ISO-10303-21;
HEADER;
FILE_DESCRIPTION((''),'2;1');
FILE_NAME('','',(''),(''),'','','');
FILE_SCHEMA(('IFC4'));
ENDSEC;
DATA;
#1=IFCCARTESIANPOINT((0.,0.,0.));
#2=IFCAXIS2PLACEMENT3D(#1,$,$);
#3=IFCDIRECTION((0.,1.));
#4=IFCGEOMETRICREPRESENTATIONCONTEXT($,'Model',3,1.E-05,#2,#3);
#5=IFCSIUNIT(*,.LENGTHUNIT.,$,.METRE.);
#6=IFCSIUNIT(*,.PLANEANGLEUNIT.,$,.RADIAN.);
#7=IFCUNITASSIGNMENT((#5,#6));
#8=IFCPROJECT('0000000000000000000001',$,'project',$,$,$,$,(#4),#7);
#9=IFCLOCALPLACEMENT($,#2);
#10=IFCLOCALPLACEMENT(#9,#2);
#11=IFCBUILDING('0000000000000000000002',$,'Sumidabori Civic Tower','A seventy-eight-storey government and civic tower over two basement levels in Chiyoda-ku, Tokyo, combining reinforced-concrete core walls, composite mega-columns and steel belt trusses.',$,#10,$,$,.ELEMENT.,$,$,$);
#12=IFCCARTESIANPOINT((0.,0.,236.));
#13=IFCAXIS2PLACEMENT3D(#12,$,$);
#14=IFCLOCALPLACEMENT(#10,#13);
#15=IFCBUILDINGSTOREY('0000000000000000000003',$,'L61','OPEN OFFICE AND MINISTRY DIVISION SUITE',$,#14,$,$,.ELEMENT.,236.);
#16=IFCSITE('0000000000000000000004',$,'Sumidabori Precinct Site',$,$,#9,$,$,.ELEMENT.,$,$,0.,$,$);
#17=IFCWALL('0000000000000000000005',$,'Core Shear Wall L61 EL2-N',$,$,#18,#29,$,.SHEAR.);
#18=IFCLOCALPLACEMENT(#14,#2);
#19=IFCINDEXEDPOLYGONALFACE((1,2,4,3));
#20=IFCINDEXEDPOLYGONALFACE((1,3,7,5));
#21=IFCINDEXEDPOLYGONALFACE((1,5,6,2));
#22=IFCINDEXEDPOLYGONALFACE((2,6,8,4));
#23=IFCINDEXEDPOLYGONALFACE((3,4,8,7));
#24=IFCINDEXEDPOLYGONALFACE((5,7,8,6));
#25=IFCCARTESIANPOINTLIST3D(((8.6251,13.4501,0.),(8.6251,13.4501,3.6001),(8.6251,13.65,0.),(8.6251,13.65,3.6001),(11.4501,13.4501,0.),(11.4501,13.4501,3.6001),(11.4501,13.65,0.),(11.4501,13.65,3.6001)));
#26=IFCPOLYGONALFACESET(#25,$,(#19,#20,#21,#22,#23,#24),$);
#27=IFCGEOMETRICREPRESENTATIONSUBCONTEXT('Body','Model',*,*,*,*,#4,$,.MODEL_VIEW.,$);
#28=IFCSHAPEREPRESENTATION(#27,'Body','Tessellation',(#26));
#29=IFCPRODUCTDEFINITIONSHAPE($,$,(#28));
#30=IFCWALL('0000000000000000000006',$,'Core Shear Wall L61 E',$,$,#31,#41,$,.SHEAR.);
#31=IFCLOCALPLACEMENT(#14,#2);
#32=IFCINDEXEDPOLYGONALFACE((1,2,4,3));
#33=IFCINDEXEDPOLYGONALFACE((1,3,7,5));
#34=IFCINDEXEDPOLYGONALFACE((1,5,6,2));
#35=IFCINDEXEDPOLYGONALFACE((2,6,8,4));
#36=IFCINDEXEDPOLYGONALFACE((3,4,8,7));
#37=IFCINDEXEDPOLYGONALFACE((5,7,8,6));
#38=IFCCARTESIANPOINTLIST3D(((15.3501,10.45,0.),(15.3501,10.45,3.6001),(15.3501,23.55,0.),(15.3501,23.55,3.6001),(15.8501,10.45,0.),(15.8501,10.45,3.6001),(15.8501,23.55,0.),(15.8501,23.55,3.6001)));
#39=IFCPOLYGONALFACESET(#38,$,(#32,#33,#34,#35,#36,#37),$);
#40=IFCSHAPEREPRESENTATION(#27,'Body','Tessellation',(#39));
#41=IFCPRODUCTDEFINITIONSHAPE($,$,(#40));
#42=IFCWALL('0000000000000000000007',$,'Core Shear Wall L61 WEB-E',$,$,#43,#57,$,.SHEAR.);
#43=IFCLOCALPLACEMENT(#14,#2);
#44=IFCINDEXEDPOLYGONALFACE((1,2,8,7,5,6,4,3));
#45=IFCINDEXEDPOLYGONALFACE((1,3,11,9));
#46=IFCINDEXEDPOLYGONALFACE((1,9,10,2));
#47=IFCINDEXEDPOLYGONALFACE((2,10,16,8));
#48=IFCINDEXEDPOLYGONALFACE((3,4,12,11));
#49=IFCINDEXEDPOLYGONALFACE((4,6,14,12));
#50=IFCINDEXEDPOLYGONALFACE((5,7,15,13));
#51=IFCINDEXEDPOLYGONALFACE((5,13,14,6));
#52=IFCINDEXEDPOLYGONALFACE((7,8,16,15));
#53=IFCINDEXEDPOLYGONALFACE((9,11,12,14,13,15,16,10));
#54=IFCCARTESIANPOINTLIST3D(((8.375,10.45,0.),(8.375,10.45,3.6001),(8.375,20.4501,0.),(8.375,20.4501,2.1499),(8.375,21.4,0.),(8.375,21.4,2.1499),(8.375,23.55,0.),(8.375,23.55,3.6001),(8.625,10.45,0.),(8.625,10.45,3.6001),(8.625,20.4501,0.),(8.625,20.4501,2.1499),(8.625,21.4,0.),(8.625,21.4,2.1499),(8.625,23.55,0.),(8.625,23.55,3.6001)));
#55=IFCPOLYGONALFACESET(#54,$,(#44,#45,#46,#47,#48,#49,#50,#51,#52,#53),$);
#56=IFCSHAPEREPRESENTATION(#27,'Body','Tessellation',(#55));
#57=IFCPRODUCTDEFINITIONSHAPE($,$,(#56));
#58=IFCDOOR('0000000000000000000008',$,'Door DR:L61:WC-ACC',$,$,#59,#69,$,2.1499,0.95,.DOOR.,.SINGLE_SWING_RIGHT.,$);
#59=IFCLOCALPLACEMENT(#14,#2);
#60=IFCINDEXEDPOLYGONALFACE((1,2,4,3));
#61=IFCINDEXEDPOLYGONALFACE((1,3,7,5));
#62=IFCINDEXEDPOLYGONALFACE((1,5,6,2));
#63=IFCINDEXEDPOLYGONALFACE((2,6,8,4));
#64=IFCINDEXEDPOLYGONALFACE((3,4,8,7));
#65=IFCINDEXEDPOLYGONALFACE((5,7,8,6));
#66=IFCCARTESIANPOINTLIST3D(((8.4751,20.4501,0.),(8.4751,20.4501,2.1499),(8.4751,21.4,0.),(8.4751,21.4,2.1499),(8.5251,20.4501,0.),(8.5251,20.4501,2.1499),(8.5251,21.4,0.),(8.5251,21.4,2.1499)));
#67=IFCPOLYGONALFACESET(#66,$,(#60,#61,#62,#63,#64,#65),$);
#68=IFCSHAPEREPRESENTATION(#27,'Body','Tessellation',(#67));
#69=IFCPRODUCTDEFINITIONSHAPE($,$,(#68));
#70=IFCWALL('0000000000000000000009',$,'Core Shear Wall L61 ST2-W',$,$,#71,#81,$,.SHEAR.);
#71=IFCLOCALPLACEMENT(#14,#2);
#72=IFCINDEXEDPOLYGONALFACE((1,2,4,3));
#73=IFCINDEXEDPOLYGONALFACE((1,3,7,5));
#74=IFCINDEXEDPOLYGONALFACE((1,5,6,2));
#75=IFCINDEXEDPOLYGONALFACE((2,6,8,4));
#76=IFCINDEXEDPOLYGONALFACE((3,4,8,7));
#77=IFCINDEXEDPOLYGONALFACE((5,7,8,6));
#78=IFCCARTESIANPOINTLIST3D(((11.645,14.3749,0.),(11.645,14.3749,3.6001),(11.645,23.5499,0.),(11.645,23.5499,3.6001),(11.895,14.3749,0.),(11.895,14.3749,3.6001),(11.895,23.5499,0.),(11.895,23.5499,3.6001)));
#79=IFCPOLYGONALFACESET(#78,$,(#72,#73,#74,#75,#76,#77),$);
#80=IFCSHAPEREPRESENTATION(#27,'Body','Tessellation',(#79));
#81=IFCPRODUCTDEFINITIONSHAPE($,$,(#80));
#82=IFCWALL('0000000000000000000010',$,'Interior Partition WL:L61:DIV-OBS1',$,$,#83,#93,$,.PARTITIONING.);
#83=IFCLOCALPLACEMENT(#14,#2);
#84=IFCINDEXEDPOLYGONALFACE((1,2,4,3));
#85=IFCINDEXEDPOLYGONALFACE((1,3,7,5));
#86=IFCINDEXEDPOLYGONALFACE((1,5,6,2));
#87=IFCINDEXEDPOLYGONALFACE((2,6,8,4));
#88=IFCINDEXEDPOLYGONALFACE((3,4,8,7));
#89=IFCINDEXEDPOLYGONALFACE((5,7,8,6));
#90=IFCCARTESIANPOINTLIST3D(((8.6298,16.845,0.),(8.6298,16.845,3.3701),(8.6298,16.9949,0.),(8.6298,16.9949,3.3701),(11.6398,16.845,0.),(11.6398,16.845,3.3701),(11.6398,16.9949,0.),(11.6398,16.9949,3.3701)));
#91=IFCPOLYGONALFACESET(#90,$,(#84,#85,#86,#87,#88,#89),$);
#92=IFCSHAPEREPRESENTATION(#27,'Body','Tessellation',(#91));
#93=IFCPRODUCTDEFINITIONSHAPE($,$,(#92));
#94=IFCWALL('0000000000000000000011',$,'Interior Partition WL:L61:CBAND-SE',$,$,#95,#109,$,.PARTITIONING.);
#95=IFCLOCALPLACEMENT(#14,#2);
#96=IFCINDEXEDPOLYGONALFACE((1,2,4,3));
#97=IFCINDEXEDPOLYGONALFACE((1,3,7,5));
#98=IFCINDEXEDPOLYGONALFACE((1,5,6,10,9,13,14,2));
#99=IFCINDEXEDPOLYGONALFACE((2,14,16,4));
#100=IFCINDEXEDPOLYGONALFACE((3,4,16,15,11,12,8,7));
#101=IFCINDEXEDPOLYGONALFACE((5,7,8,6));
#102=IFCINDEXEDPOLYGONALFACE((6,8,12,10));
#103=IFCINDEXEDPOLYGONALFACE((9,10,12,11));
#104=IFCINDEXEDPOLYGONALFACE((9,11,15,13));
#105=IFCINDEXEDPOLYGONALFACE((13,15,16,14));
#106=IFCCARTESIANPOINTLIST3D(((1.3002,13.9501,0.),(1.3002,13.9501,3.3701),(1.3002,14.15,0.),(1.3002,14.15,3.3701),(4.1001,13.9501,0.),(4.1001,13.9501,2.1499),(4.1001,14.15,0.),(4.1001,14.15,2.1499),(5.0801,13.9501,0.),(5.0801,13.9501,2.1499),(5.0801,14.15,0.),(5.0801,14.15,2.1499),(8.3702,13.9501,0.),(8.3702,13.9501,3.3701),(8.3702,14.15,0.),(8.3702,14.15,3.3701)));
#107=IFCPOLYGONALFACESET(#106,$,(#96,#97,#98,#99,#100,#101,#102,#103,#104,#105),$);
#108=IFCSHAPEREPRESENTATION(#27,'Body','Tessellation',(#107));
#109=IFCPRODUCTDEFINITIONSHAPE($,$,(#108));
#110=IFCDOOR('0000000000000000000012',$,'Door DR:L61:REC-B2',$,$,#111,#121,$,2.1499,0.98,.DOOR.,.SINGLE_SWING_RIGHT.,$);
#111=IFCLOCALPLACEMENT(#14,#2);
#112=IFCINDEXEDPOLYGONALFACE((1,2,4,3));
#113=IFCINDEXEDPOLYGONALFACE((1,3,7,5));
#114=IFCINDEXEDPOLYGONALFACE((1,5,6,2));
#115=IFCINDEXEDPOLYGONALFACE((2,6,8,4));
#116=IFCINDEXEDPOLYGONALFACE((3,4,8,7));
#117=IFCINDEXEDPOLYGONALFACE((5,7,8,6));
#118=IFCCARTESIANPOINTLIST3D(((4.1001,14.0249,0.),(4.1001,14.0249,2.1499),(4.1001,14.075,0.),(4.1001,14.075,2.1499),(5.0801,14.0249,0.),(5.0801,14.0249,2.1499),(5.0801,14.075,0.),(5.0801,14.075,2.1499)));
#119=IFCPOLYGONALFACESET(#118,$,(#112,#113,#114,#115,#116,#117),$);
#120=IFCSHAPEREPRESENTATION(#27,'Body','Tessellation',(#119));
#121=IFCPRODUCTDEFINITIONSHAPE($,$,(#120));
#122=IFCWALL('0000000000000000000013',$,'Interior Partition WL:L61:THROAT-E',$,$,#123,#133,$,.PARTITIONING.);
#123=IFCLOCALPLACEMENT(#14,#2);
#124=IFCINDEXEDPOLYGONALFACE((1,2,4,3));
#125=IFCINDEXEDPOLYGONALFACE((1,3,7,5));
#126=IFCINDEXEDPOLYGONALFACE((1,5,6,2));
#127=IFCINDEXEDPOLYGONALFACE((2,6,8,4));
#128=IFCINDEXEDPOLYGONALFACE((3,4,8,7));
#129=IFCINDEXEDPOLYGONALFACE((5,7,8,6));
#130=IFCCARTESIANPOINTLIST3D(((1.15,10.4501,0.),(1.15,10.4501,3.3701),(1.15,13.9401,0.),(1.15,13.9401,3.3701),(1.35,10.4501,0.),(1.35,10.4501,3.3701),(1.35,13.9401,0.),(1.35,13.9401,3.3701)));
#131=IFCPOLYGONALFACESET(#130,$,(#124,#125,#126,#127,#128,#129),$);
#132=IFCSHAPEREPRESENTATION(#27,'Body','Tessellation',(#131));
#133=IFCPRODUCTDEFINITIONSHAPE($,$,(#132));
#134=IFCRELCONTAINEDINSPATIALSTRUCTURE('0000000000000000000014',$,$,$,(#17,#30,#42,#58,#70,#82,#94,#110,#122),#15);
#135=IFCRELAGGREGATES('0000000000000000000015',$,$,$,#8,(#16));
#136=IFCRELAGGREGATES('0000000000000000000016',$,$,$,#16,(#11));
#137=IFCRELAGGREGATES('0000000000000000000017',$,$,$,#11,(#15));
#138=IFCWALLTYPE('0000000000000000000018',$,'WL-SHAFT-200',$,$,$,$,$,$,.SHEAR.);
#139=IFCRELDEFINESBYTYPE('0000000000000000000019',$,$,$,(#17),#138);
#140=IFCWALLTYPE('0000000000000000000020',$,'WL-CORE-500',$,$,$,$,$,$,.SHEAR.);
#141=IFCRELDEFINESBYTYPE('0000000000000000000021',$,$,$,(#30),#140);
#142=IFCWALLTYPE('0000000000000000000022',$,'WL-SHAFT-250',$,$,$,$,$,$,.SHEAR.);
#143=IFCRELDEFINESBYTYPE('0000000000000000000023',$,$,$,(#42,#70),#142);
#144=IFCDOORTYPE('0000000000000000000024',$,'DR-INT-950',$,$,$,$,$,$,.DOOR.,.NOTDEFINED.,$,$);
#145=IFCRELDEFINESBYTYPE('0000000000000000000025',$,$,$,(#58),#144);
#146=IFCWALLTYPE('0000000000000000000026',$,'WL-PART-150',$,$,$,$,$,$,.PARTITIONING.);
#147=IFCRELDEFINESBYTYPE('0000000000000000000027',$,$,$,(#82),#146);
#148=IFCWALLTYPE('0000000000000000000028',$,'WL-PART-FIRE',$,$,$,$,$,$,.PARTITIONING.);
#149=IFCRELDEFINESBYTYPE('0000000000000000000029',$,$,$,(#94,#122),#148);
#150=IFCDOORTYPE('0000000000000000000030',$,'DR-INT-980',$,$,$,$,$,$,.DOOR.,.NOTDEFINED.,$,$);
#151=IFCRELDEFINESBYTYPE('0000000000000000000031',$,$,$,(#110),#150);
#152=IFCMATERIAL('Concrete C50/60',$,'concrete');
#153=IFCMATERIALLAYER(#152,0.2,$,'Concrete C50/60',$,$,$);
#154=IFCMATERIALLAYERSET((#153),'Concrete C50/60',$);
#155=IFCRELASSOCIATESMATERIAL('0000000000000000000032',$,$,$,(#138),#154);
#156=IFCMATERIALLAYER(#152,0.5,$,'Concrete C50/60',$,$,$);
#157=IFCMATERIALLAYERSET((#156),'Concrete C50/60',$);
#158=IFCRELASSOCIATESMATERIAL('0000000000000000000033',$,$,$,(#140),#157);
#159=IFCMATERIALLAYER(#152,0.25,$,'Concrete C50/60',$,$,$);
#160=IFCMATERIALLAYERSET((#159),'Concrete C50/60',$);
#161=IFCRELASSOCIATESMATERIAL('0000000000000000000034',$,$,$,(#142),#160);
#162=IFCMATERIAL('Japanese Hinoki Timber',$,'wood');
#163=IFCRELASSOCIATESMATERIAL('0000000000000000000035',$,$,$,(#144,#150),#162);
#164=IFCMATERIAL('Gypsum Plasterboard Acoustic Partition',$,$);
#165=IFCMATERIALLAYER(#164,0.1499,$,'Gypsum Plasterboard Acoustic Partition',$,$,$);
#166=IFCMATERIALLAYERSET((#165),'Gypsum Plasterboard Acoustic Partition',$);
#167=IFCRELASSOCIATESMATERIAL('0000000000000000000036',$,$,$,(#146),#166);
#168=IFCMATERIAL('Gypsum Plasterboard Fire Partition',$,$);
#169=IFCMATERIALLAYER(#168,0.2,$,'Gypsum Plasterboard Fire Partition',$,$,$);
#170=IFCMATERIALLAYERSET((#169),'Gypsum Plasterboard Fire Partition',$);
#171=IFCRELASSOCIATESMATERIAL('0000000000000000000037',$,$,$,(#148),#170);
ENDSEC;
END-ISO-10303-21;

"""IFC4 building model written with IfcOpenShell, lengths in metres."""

from ifc_helpers import new_model, si_unit, direction, frame, frame_2d, origin, place, context, subcontext, project, spatial, rectangle, extrude, source, transform, mapped, material, layer, layer_set, type_object, element, fill, save


model = new_model("IFC4")

# Units and contexts
model_context = context("Model", 3, precision=1e-05, world=origin(), true_north=direction((0.0, 1.0)))
body_context = subcontext(model_context, "Body", "Model", "MODEL_VIEW")
ifc_project = project(units=[si_unit("LENGTHUNIT", "METRE"), si_unit("PLANEANGLEUNIT", "RADIAN")], contexts=[model_context])

# Site, building, storey
site_placement = place(None, origin())
site = spatial("IfcSite", under=ifc_project, at=site_placement, Name="Sumidabori Precinct Site", CompositionType="ELEMENT", RefElevation=0.0)
building_placement = place(site_placement, origin())
building = spatial("IfcBuilding", under=site, at=building_placement, Name="Sumidabori Civic Tower", Description="A seventy-eight-storey government and civic tower over two basement levels in Chiyoda-ku, Tokyo, combining reinforced-concrete core walls, composite mega-columns and steel belt trusses.", CompositionType="ELEMENT")
storey_placement = place(building_placement, frame((0.0, 0.0, 236.0)))
storey = spatial("IfcBuildingStorey", under=building, at=storey_placement, Name="L61", Description="OPEN OFFICE AND MINISTRY DIVISION SUITE", CompositionType="ELEMENT", Elevation=236.0)

# Walls
ifc_material_1 = material(Name="Concrete C50/60", Category="concrete")
ifc_layer_1 = layer(ifc_material_1, 0.2, Name="Concrete C50/60")
ifc_layer_set_1 = layer_set([ifc_layer_1], Name="Concrete C50/60")
wall_type_1 = type_object("IfcWallType", Name="WL-SHAFT-200", PredefinedType="SHEAR", material=ifc_layer_set_1)
shared_shape_1 = source(origin(), body_context, "Body", "SweptSolid", [
    extrude(rectangle(XDim=2.825, YDim=0.2, at=frame_2d((1.4126, 0.0))), origin(), (0.0, 0.0, 1.0), 3.6001),
])
wall_1_placement = place(storey_placement, frame((8.625, 13.55, 0.0), z_axis=(0.0, 0.0, 1.0), x_axis=(1.0, 0.0, 0.0)))
element("IfcWall", 1, at=wall_1_placement, inside=storey, type_object=wall_type_1, Name="Core Shear Wall L61 EL2-N", PredefinedType="SHEAR", context=body_context, shape_type="MappedRepresentation", body=[
    mapped(shared_shape_1, transform((0.0, 0.0, 0.0), x_axis=(1.0, 0.0, 0.0), y_axis=(0.0, 1.0, 0.0), z_axis=(0.0, 0.0, 1.0), scale=1.0)),
])
ifc_layer_2 = layer(ifc_material_1, 0.5, Name="Concrete C50/60")
ifc_layer_set_2 = layer_set([ifc_layer_2], Name="Concrete C50/60")
wall_type_2 = type_object("IfcWallType", Name="WL-CORE-500", PredefinedType="SHEAR", material=ifc_layer_set_2)
shared_shape_2 = source(origin(), body_context, "Body", "SweptSolid", [
    extrude(rectangle(XDim=13.1001, YDim=0.5, at=frame_2d((6.55, 0.0))), origin(), (0.0, 0.0, 1.0), 3.6001),
])
wall_2_placement = place(storey_placement, frame((15.6001, 10.45, 0.0), z_axis=(0.0, 0.0, 1.0), x_axis=(0.0, 1.0, 0.0)))
element("IfcWall", 2, at=wall_2_placement, inside=storey, type_object=wall_type_2, Name="Core Shear Wall L61 E", PredefinedType="SHEAR", context=body_context, shape_type="MappedRepresentation", body=[
    mapped(shared_shape_2, transform((0.0, 0.0, 0.0), x_axis=(1.0, 0.0, 0.0), y_axis=(0.0, 1.0, 0.0), z_axis=(0.0, 0.0, 1.0), scale=1.0)),
])

# Wall, opening, door
ifc_layer_3 = layer(ifc_material_1, 0.25, Name="Concrete C50/60")
ifc_layer_set_3 = layer_set([ifc_layer_3], Name="Concrete C50/60")
wall_type_3 = type_object("IfcWallType", Name="WL-SHAFT-250", PredefinedType="SHEAR", material=ifc_layer_set_3)
shared_shape_3 = source(origin(), body_context, "Body", "SweptSolid", [
    extrude(rectangle(XDim=13.1001, YDim=0.25, at=frame_2d((6.55, 0.0))), origin(), (0.0, 0.0, 1.0), 3.6001),
])
wall_3_placement = place(storey_placement, frame((8.5, 10.45, 0.0), z_axis=(0.0, 0.0, 1.0), x_axis=(0.0, 1.0, 0.0)))
wall_3 = element("IfcWall", 3, at=wall_3_placement, inside=storey, type_object=wall_type_3, Name="Core Shear Wall L61 WEB-E", PredefinedType="SHEAR", context=body_context, shape_type="MappedRepresentation", body=[
    mapped(shared_shape_3, transform((0.0, 0.0, 0.0), x_axis=(1.0, 0.0, 0.0), y_axis=(0.0, 1.0, 0.0), z_axis=(0.0, 0.0, 1.0), scale=1.0)),
])
opening_1_placement = place(wall_3_placement, frame((10.0, 0.0, 0.0)))
opening_1 = element("IfcOpeningElement", 4, at=opening_1_placement, cuts=wall_3, PredefinedType="OPENING", context=body_context, shape_type="SweptSolid", body=[
    extrude(rectangle(XDim=0.95, YDim=2.1499, at=frame_2d((0.4751, 1.075))), frame((0.0, 0.137, 0.0), z_axis=(0.0, -1.0, 0.0), x_axis=(1.0, 0.0, 0.0)), (0.0, 0.0, 1.0), 0.2739),
])
ifc_material_2 = material(Name="Japanese Hinoki Timber", Category="wood")
door_type_1 = type_object("IfcDoorType", Name="DR-INT-950", OperationType="NOTDEFINED", PredefinedType="DOOR", material=ifc_material_2)
shared_shape_4 = source(origin(), body_context, "Body", "SweptSolid", [
    extrude(rectangle(XDim=0.95, YDim=2.1499, at=frame_2d((0.4751, 1.075))), frame((0.0, 0.0249, 0.0), z_axis=(0.0, -1.0, 0.0), x_axis=(1.0, 0.0, 0.0)), (0.0, 0.0, 1.0), 0.05),
])
door_1_placement = place(opening_1_placement, origin())
door_1 = element("IfcDoor", 5, at=door_1_placement, inside=storey, type_object=door_type_1, Name="Door DR:L61:WC-ACC", OperationType="SINGLE_SWING_RIGHT", OverallHeight=2.1499, OverallWidth=0.95, PredefinedType="DOOR", context=body_context, shape_type="MappedRepresentation", body=[
    mapped(shared_shape_4, transform((0.0, 0.0, 0.0), x_axis=(1.0, 0.0, 0.0), y_axis=(0.0, 1.0, 0.0), z_axis=(0.0, 0.0, 1.0), scale=1.0)),
])
fill(opening_1, door_1)

# Wall
shared_shape_5 = source(origin(), body_context, "Body", "SweptSolid", [
    extrude(rectangle(XDim=9.175, YDim=0.25, at=frame_2d((4.5874, 0.0))), origin(), (0.0, 0.0, 1.0), 3.6001),
])
wall_4_placement = place(storey_placement, frame((11.77, 14.375, 0.0), z_axis=(0.0, 0.0, 1.0), x_axis=(0.0, 1.0, 0.0)))
element("IfcWall", 6, at=wall_4_placement, inside=storey, type_object=wall_type_3, Name="Core Shear Wall L61 ST2-W", PredefinedType="SHEAR", context=body_context, shape_type="MappedRepresentation", body=[
    mapped(shared_shape_5, transform((0.0, 0.0, 0.0), x_axis=(1.0, 0.0, 0.0), y_axis=(0.0, 1.0, 0.0), z_axis=(0.0, 0.0, 1.0), scale=1.0)),
])

# Wall
ifc_material_3 = material(Name="Gypsum Plasterboard Acoustic Partition")
ifc_layer_4 = layer(ifc_material_3, 0.1499, Name="Gypsum Plasterboard Acoustic Partition")
ifc_layer_set_4 = layer_set([ifc_layer_4], Name="Gypsum Plasterboard Acoustic Partition")
wall_type_4 = type_object("IfcWallType", Name="WL-PART-150", PredefinedType="PARTITIONING", material=ifc_layer_set_4)
shared_shape_6 = source(origin(), body_context, "Body", "SweptSolid", [
    extrude(rectangle(XDim=3.01, YDim=0.1499, at=frame_2d((1.5049, 0.0))), origin(), (0.0, 0.0, 1.0), 3.3701),
])
wall_5_placement = place(storey_placement, frame((8.6299, 16.9199, 0.0), z_axis=(0.0, 0.0, 1.0), x_axis=(1.0, 0.0, 0.0)))
element("IfcWall", 7, at=wall_5_placement, inside=storey, type_object=wall_type_4, Name="Interior Partition WL:L61:DIV-OBS1", PredefinedType="PARTITIONING", context=body_context, shape_type="MappedRepresentation", body=[
    mapped(shared_shape_6, transform((0.0, 0.0, 0.0), x_axis=(1.0, 0.0, 0.0), y_axis=(0.0, 1.0, 0.0), z_axis=(0.0, 0.0, 1.0), scale=1.0)),
])

# Wall, opening, door
ifc_material_4 = material(Name="Gypsum Plasterboard Fire Partition")
ifc_layer_5 = layer(ifc_material_4, 0.2, Name="Gypsum Plasterboard Fire Partition")
ifc_layer_set_5 = layer_set([ifc_layer_5], Name="Gypsum Plasterboard Fire Partition")
wall_type_5 = type_object("IfcWallType", Name="WL-PART-FIRE", PredefinedType="PARTITIONING", material=ifc_layer_set_5)
shared_shape_7 = source(origin(), body_context, "Body", "SweptSolid", [
    extrude(rectangle(XDim=7.0701, YDim=0.2, at=frame_2d((3.5352, 0.0))), origin(), (0.0, 0.0, 1.0), 3.3701),
])
wall_6_placement = place(storey_placement, frame((1.3, 14.05, 0.0), z_axis=(0.0, 0.0, 1.0), x_axis=(1.0, 0.0, 0.0)))
wall_6 = element("IfcWall", 8, at=wall_6_placement, inside=storey, type_object=wall_type_5, Name="Interior Partition WL:L61:CBAND-SE", PredefinedType="PARTITIONING", context=body_context, shape_type="MappedRepresentation", body=[
    mapped(shared_shape_7, transform((0.0, 0.0, 0.0), x_axis=(1.0, 0.0, 0.0), y_axis=(0.0, 1.0, 0.0), z_axis=(0.0, 0.0, 1.0), scale=1.0)),
])
opening_2_placement = place(wall_6_placement, frame((2.8, 0.0, 0.0)))
opening_2 = element("IfcOpeningElement", 9, at=opening_2_placement, cuts=wall_6, PredefinedType="OPENING", context=body_context, shape_type="SweptSolid", body=[
    extrude(rectangle(XDim=0.98, YDim=2.1499, at=frame_2d((0.49, 1.075))), frame((0.0, 0.1118, 0.0), z_axis=(0.0, -1.0, 0.0), x_axis=(1.0, 0.0, 0.0)), (0.0, 0.0, 1.0), 0.2239),
])
door_type_2 = type_object("IfcDoorType", Name="DR-INT-980", OperationType="NOTDEFINED", PredefinedType="DOOR", material=ifc_material_2)
shared_shape_8 = source(origin(), body_context, "Body", "SweptSolid", [
    extrude(rectangle(XDim=0.98, YDim=2.1499, at=frame_2d((0.49, 1.075))), frame((0.0, 0.0249, 0.0), z_axis=(0.0, -1.0, 0.0), x_axis=(1.0, 0.0, 0.0)), (0.0, 0.0, 1.0), 0.05),
])
door_2_placement = place(opening_2_placement, origin())
door_2 = element("IfcDoor", 10, at=door_2_placement, inside=storey, type_object=door_type_2, Name="Door DR:L61:REC-B2", OperationType="SINGLE_SWING_RIGHT", OverallHeight=2.1499, OverallWidth=0.98, PredefinedType="DOOR", context=body_context, shape_type="MappedRepresentation", body=[
    mapped(shared_shape_8, transform((0.0, 0.0, 0.0), x_axis=(1.0, 0.0, 0.0), y_axis=(0.0, 1.0, 0.0), z_axis=(0.0, 0.0, 1.0), scale=1.0)),
])
fill(opening_2, door_2)

# Wall
shared_shape_9 = source(origin(), body_context, "Body", "SweptSolid", [
    extrude(rectangle(XDim=3.49, YDim=0.2, at=frame_2d((1.7451, 0.0))), origin(), (0.0, 0.0, 1.0), 3.3701),
])
wall_7_placement = place(storey_placement, frame((1.25, 10.45, 0.0), z_axis=(0.0, 0.0, 1.0), x_axis=(0.0, 1.0, 0.0)))
element("IfcWall", 11, at=wall_7_placement, inside=storey, type_object=wall_type_5, Name="Interior Partition WL:L61:THROAT-E", PredefinedType="PARTITIONING", context=body_context, shape_type="MappedRepresentation", body=[
    mapped(shared_shape_9, transform((0.0, 0.0, 0.0), x_axis=(1.0, 0.0, 0.0), y_axis=(0.0, 1.0, 0.0), z_axis=(0.0, 0.0, 1.0), scale=1.0)),
])

save(model, "model.ifc")
